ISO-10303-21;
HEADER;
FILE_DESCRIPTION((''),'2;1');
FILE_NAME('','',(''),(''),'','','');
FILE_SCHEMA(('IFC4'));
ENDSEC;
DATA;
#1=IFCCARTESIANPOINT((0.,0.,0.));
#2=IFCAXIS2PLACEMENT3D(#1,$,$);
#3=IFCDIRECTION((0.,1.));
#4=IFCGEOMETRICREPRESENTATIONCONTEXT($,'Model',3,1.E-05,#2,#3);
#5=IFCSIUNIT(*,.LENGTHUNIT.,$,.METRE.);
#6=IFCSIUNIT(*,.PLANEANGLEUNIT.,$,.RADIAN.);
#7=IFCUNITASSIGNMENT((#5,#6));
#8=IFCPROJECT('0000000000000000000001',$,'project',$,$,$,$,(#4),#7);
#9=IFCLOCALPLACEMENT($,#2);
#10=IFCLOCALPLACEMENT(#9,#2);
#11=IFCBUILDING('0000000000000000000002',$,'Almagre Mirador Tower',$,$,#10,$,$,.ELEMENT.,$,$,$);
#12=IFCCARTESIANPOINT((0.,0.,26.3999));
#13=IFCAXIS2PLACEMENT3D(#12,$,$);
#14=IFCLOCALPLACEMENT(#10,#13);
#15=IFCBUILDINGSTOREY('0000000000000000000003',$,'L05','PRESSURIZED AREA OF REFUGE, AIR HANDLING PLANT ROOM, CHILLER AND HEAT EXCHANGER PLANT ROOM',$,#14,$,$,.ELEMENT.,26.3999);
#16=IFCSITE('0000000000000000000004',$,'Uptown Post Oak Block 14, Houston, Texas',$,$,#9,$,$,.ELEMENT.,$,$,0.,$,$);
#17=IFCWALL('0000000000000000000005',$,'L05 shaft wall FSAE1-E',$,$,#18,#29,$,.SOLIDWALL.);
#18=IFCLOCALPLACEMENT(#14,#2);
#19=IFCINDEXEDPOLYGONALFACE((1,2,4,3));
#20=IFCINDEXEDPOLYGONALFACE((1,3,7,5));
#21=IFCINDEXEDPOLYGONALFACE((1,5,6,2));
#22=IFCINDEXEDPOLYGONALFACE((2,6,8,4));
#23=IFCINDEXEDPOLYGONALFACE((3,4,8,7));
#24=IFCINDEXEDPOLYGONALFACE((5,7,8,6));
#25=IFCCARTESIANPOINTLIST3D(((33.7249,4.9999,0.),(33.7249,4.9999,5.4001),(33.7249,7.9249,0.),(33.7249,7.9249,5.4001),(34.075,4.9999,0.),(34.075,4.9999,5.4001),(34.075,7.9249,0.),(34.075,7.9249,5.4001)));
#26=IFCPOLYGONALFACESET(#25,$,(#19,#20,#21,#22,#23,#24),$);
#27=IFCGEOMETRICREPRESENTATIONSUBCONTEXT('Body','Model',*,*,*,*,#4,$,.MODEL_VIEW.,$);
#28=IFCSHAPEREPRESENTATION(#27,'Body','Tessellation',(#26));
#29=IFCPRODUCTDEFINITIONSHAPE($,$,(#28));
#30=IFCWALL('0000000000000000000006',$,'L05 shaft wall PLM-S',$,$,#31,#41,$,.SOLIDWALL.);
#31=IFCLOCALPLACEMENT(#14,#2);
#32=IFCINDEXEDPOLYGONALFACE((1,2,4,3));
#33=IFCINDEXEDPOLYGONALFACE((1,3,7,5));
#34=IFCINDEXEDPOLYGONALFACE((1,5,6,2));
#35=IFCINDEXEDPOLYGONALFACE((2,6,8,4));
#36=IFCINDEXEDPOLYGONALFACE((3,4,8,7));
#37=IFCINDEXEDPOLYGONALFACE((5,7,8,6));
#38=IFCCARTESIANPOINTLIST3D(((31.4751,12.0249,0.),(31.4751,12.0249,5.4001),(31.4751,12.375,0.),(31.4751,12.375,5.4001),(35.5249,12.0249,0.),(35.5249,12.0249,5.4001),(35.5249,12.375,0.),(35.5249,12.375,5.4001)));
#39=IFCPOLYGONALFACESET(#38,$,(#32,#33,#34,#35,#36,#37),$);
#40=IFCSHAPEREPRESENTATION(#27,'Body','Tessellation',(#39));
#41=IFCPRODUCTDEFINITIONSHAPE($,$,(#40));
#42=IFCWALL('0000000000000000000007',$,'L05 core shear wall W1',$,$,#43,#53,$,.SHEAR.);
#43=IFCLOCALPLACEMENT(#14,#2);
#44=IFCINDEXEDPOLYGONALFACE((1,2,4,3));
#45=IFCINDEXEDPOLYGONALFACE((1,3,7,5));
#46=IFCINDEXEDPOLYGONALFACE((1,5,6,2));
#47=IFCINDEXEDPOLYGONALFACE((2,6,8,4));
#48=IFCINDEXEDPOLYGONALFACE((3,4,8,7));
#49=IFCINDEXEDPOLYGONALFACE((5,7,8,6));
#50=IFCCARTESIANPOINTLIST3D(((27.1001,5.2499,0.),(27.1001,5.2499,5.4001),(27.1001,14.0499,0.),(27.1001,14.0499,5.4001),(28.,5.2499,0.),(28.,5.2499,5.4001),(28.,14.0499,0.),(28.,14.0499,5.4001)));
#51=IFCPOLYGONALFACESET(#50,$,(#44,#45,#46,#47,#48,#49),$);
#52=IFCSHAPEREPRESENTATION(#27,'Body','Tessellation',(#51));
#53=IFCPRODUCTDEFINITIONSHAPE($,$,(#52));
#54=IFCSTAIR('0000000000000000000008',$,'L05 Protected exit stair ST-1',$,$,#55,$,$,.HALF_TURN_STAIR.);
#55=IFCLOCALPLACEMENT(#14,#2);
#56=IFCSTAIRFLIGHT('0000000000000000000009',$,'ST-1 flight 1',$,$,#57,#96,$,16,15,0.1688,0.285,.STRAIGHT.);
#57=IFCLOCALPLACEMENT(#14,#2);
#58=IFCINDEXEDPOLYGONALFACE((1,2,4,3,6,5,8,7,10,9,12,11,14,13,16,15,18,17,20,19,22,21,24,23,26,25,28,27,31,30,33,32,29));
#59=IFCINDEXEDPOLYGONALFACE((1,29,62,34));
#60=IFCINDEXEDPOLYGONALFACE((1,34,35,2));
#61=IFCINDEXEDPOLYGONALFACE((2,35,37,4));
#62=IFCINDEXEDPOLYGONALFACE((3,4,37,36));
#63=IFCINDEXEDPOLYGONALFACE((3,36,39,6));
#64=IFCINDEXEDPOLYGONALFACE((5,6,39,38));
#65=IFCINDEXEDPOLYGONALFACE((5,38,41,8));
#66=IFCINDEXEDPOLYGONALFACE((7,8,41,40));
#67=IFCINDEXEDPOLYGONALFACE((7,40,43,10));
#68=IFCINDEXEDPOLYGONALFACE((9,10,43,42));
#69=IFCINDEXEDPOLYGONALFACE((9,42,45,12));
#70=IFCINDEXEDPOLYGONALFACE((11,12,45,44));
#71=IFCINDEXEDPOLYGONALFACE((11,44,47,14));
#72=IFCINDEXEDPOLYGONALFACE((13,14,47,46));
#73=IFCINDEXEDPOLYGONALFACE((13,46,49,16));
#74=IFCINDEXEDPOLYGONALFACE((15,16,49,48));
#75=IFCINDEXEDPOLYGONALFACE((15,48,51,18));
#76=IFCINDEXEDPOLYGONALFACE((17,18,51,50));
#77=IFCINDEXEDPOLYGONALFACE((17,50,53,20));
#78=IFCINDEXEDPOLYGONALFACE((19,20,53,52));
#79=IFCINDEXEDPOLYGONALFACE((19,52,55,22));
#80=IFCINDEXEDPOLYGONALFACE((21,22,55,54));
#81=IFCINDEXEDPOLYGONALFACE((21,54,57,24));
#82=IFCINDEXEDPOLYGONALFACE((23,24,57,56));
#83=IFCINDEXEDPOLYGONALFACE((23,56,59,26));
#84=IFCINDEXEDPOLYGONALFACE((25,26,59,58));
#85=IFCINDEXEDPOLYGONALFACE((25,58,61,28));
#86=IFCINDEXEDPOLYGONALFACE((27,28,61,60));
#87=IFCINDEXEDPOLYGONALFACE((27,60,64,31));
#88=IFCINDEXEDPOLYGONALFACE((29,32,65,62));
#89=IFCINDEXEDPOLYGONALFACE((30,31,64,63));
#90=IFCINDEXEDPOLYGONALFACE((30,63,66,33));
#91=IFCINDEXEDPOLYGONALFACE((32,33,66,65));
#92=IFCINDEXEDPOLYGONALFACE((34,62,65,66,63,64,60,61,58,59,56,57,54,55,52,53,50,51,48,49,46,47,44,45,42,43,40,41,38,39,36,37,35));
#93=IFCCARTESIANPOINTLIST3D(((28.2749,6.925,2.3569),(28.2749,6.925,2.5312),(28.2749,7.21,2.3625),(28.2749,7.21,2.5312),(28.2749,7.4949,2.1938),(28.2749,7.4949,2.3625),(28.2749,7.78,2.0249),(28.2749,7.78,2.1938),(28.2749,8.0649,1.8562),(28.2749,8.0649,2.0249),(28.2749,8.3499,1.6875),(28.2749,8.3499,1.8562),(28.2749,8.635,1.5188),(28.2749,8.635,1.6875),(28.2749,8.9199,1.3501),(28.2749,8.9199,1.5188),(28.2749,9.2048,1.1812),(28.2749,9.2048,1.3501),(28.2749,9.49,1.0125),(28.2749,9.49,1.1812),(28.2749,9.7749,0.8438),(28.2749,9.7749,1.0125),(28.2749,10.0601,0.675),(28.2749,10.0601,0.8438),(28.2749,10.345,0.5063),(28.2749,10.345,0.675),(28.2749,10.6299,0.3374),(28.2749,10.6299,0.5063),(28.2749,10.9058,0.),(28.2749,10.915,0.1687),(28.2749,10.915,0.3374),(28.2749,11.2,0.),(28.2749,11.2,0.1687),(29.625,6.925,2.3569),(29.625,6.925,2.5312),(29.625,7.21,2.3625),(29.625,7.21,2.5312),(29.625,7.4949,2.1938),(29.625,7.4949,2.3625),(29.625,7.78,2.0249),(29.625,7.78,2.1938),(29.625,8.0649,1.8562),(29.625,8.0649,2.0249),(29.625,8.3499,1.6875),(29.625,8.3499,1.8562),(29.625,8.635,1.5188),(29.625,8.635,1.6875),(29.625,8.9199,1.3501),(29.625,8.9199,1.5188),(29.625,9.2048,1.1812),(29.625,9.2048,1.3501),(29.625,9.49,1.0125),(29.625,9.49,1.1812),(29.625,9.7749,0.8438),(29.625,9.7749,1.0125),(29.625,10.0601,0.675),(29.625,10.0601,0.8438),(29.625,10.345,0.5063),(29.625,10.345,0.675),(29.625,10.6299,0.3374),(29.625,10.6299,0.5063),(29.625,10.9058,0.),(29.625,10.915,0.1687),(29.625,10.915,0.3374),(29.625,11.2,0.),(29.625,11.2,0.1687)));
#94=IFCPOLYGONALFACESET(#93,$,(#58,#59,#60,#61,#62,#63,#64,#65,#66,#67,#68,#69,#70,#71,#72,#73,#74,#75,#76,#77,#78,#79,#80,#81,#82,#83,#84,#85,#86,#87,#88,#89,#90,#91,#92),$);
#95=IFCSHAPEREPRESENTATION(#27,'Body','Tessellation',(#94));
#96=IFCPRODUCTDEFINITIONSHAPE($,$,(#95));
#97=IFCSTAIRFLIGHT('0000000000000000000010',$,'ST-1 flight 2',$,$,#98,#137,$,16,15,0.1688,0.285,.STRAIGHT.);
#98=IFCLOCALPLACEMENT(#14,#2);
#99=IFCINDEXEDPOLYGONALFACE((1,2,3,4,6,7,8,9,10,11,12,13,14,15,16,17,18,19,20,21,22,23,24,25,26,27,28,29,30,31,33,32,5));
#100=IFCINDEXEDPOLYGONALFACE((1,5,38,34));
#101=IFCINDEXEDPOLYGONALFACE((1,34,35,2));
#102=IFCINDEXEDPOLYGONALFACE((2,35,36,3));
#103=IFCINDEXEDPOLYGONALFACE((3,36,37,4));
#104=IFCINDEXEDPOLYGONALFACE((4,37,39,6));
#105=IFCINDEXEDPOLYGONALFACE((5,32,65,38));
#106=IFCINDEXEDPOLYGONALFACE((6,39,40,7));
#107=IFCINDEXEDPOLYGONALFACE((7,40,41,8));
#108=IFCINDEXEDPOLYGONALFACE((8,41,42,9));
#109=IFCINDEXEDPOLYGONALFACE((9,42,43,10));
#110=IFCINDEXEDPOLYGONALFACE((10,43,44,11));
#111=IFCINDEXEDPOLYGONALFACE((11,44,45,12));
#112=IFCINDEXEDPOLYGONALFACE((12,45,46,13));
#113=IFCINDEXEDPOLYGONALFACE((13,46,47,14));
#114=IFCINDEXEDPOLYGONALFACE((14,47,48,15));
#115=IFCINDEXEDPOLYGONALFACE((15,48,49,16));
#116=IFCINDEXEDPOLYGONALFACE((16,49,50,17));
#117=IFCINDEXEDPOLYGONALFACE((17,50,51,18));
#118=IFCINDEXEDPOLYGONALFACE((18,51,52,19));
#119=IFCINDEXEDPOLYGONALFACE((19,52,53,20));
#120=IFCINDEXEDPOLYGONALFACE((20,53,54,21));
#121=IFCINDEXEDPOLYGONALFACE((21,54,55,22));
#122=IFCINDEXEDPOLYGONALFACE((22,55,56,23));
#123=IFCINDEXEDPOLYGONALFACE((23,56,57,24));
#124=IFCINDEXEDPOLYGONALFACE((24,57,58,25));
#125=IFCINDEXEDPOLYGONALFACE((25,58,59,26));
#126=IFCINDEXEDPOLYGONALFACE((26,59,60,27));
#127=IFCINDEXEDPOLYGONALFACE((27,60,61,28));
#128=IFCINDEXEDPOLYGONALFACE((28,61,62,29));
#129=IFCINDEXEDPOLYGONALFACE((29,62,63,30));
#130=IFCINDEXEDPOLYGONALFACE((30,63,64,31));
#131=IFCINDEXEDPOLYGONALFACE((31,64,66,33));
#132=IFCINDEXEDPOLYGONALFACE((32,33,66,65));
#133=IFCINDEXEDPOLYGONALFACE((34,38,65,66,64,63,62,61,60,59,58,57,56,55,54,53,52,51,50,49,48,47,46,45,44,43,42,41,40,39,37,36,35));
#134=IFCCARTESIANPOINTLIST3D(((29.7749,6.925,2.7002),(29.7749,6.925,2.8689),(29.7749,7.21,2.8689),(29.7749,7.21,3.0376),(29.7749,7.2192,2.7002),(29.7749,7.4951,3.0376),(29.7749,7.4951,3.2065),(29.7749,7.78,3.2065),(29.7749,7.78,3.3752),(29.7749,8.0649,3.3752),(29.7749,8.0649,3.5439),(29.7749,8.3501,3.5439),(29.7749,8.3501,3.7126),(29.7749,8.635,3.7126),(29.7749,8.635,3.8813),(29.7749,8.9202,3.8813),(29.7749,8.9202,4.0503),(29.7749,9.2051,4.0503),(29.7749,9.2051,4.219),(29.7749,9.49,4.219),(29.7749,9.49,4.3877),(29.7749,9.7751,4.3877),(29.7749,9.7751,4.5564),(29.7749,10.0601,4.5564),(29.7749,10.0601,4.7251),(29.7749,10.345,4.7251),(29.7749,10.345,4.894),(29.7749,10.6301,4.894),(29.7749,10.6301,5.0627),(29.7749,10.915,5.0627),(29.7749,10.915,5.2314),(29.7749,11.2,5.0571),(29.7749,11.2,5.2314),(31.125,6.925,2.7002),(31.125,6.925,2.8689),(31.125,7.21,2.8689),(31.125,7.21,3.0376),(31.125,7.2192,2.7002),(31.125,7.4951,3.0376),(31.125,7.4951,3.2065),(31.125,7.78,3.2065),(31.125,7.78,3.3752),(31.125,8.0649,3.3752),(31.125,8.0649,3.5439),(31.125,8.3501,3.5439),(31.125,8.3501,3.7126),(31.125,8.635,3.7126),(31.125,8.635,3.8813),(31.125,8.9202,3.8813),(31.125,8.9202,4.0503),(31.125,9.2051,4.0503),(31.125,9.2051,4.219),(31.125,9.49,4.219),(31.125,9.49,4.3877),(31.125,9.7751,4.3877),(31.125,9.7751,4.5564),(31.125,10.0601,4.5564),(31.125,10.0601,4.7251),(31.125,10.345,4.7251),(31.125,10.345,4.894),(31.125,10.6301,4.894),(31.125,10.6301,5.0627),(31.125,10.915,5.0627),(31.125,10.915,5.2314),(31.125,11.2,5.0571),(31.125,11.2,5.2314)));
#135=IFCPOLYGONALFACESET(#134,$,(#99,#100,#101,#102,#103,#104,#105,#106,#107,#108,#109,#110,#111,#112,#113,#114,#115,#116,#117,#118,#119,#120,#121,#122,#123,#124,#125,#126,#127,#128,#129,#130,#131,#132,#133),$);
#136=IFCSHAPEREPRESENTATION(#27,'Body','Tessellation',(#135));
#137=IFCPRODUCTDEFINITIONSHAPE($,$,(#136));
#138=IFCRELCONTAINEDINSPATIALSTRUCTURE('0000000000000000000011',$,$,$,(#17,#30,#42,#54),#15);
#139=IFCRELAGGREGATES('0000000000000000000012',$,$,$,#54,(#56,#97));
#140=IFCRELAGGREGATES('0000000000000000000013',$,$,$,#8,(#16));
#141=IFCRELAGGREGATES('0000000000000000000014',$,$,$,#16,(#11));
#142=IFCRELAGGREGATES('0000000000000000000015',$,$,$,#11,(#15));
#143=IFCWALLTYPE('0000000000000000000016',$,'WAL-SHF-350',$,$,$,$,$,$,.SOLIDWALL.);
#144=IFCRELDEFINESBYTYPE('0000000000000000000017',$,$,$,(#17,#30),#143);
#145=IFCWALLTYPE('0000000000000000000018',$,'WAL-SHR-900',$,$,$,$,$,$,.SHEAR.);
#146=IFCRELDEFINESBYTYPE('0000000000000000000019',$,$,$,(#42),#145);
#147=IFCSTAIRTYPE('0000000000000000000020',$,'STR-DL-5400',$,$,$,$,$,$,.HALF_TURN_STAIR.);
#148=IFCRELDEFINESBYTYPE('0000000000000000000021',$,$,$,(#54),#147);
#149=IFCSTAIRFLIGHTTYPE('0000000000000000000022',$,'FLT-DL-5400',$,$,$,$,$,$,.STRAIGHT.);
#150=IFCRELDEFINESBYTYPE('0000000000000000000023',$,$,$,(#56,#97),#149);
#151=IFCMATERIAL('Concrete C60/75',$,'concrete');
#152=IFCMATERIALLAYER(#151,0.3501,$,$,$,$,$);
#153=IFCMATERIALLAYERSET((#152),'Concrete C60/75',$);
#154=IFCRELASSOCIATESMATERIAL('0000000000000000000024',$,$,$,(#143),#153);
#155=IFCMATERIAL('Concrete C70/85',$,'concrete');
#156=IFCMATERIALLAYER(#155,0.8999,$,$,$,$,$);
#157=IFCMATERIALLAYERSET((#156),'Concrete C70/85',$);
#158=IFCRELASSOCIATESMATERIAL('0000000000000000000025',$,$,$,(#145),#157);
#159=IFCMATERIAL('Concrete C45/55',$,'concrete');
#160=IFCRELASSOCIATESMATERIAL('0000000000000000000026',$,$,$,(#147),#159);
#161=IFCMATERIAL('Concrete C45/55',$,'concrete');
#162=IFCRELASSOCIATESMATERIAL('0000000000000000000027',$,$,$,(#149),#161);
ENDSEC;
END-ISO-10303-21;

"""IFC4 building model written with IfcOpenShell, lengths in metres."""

from ifc_helpers import new_model, si_unit, direction, frame, frame_2d, origin, place, context, subcontext, project, spatial, polyline, rectangle, outline, extrude, material, layer, layer_set, type_object, element, aggregate, save


model = new_model("IFC4")

# Units and contexts
model_context = context("Model", 3, precision=1e-05, world=origin(), true_north=direction((0.0, 1.0)))
body_context = subcontext(model_context, "Body", "Model", "MODEL_VIEW")
ifc_project = project(units=[si_unit("LENGTHUNIT", "METRE"), si_unit("PLANEANGLEUNIT", "RADIAN")], contexts=[model_context])

# Site, building, storey
site_placement = place(None, origin())
site = spatial("IfcSite", under=ifc_project, at=site_placement, Name="Uptown Post Oak Block 14, Houston, Texas", CompositionType="ELEMENT", RefElevation=0.0)
building_placement = place(site_placement, origin())
building = spatial("IfcBuilding", under=site, at=building_placement, Name="Almagre Mirador Tower", CompositionType="ELEMENT")
storey_placement = place(building_placement, frame((0.0, 0.0, 26.3999)))
storey = spatial("IfcBuildingStorey", under=building, at=storey_placement, Name="L05", Description="PRESSURIZED AREA OF REFUGE, AIR HANDLING PLANT ROOM, CHILLER AND HEAT EXCHANGER PLANT ROOM", CompositionType="ELEMENT", Elevation=26.3999)

# Shared definitions
ifc_material_1 = material(Name="Concrete C60/75", Category="concrete")
ifc_layer_1 = layer(ifc_material_1, 0.3501)
ifc_layer_set_1 = layer_set([ifc_layer_1], Name="Concrete C60/75")
wall_type_1 = type_object("IfcWallType", Name="WAL-SHF-350", PredefinedType="SOLIDWALL", material=ifc_layer_set_1)

# Walls
wall_1_placement = place(storey_placement, frame((33.8999, 5.0, 0.0), z_axis=(0.0, 0.0, 1.0), x_axis=(0.0, 1.0, 0.0)))
element("IfcWall", 1, at=wall_1_placement, inside=storey, type_object=wall_type_1, Name="L05 shaft wall FSAE1-E", PredefinedType="SOLIDWALL", context=body_context, shape_type="SweptSolid", body=[
    extrude(rectangle(XDim=2.925, YDim=0.3501, at=frame_2d((1.4624, 0.0))), origin(), (0.0, 0.0, 1.0), 5.4001),
])
wall_2_placement = place(storey_placement, frame((31.4751, 12.2, 0.0), z_axis=(0.0, 0.0, 1.0), x_axis=(1.0, 0.0, 0.0)))
element("IfcWall", 2, at=wall_2_placement, inside=storey, type_object=wall_type_1, Name="L05 shaft wall PLM-S", PredefinedType="SOLIDWALL", context=body_context, shape_type="SweptSolid", body=[
    extrude(rectangle(XDim=4.0498, YDim=0.3501, at=frame_2d((2.0249, 0.0))), origin(), (0.0, 0.0, 1.0), 5.4001),
])
ifc_material_2 = material(Name="Concrete C70/85", Category="concrete")
ifc_layer_2 = layer(ifc_material_2, 0.8999)
ifc_layer_set_2 = layer_set([ifc_layer_2], Name="Concrete C70/85")
wall_type_2 = type_object("IfcWallType", Name="WAL-SHR-900", PredefinedType="SHEAR", material=ifc_layer_set_2)
wall_3_placement = place(storey_placement, frame((27.55, 5.25, 0.0), z_axis=(0.0, 0.0, 1.0), x_axis=(0.0, 1.0, 0.0)))
element("IfcWall", 3, at=wall_3_placement, inside=storey, type_object=wall_type_2, Name="L05 core shear wall W1", PredefinedType="SHEAR", context=body_context, shape_type="SweptSolid", body=[
    extrude(rectangle(XDim=8.8, YDim=0.8999, at=frame_2d((4.3999, 0.0))), origin(), (0.0, 0.0, 1.0), 5.4001),
])

# Stair, stair flights
ifc_material_3 = material(Name="Concrete C45/55", Category="concrete")
stair_type = type_object("IfcStairType", Name="STR-DL-5400", PredefinedType="HALF_TURN_STAIR", material=ifc_material_3)
stair_placement = place(storey_placement, origin())
stair = element("IfcStair", 4, at=stair_placement, inside=storey, type_object=stair_type, Name="L05 Protected exit stair ST-1", PredefinedType="HALF_TURN_STAIR")
ifc_material_4 = material(Name="Concrete C45/55", Category="concrete")
stair_flight_type = type_object("IfcStairFlightType", Name="FLT-DL-5400", PredefinedType="STRAIGHT", material=ifc_material_4)
stair_flight_1_placement = place(storey_placement, frame((28.95, 11.2, 0.0), z_axis=(0.0, 0.0, 1.0), x_axis=(0.0, -1.0, 0.0)))
stair_flight_1 = element("IfcStairFlight", 5, at=stair_flight_1_placement, type_object=stair_flight_type, Name="ST-1 flight 1", NumberOfRisers=16, NumberOfTreads=15, PredefinedType="STRAIGHT", RiserHeight=0.1688, TreadLength=0.285, context=body_context, shape_type="SweptSolid", body=[
    extrude(outline(polyline([(0.0, 0.0), (0.0, 0.1687), (0.2849, 0.1687), (0.2849, 0.3374), (0.5701, 0.3374), (0.5701, 0.5063), (0.855, 0.5063), (0.855, 0.675), (1.1399, 0.675), (1.1399, 0.8438), (1.425, 0.8438), (1.425, 1.0125), (1.71, 1.0125), (1.71, 1.1812), (1.9951, 1.1812), (1.9951, 1.3501), (2.28, 1.3501), (2.28, 1.5188), (2.5649, 1.5188), (2.5649, 1.6875), (2.8501, 1.6875), (2.8501, 1.8562), (3.135, 1.8562), (3.135, 2.0249), (3.4199, 2.0249), (3.4199, 2.1938), (3.7051, 2.1938), (3.7051, 2.3625), (3.99, 2.3625), (3.99, 2.5312), (4.2749, 2.5312), (4.2749, 2.7), (4.2749, 2.3569), (0.2942, 0.0), (0.0, 0.0)])), frame((0.0, 0.675, 0.0), z_axis=(0.0, -1.0, 0.0), x_axis=(1.0, 0.0, 0.0)), (0.0, 0.0, 1.0), 1.3501),
])
stair_flight_2_placement = place(storey_placement, frame((30.45, 6.925, 2.7002), z_axis=(0.0, 0.0, 1.0), x_axis=(0.0, 1.0, 0.0)))
stair_flight_2 = element("IfcStairFlight", 6, at=stair_flight_2_placement, type_object=stair_flight_type, Name="ST-1 flight 2", NumberOfRisers=16, NumberOfTreads=15, PredefinedType="STRAIGHT", RiserHeight=0.1688, TreadLength=0.285, context=body_context, shape_type="SweptSolid", body=[
    extrude(outline(polyline([(0.0, 0.0), (0.0, 0.1687), (0.2849, 0.1687), (0.2849, 0.3374), (0.5701, 0.3374), (0.5701, 0.5063), (0.855, 0.5063), (0.855, 0.675), (1.1399, 0.675), (1.1399, 0.8438), (1.425, 0.8438), (1.425, 1.0125), (1.71, 1.0125), (1.71, 1.1812), (1.9951, 1.1812), (1.9951, 1.3501), (2.28, 1.3501), (2.28, 1.5188), (2.5649, 1.5188), (2.5649, 1.6875), (2.8501, 1.6875), (2.8501, 1.8562), (3.135, 1.8562), (3.135, 2.0249), (3.4199, 2.0249), (3.4199, 2.1938), (3.7051, 2.1938), (3.7051, 2.3625), (3.99, 2.3625), (3.99, 2.5312), (4.2749, 2.5312), (4.2749, 2.7), (4.2749, 2.3569), (0.2942, 0.0), (0.0, 0.0)])), frame((0.0, 0.675, 0.0), z_axis=(0.0, -1.0, 0.0), x_axis=(1.0, 0.0, 0.0)), (0.0, 0.0, 1.0), 1.3501),
])
aggregate(stair, [stair_flight_1, stair_flight_2])

save(model, "model.ifc")
